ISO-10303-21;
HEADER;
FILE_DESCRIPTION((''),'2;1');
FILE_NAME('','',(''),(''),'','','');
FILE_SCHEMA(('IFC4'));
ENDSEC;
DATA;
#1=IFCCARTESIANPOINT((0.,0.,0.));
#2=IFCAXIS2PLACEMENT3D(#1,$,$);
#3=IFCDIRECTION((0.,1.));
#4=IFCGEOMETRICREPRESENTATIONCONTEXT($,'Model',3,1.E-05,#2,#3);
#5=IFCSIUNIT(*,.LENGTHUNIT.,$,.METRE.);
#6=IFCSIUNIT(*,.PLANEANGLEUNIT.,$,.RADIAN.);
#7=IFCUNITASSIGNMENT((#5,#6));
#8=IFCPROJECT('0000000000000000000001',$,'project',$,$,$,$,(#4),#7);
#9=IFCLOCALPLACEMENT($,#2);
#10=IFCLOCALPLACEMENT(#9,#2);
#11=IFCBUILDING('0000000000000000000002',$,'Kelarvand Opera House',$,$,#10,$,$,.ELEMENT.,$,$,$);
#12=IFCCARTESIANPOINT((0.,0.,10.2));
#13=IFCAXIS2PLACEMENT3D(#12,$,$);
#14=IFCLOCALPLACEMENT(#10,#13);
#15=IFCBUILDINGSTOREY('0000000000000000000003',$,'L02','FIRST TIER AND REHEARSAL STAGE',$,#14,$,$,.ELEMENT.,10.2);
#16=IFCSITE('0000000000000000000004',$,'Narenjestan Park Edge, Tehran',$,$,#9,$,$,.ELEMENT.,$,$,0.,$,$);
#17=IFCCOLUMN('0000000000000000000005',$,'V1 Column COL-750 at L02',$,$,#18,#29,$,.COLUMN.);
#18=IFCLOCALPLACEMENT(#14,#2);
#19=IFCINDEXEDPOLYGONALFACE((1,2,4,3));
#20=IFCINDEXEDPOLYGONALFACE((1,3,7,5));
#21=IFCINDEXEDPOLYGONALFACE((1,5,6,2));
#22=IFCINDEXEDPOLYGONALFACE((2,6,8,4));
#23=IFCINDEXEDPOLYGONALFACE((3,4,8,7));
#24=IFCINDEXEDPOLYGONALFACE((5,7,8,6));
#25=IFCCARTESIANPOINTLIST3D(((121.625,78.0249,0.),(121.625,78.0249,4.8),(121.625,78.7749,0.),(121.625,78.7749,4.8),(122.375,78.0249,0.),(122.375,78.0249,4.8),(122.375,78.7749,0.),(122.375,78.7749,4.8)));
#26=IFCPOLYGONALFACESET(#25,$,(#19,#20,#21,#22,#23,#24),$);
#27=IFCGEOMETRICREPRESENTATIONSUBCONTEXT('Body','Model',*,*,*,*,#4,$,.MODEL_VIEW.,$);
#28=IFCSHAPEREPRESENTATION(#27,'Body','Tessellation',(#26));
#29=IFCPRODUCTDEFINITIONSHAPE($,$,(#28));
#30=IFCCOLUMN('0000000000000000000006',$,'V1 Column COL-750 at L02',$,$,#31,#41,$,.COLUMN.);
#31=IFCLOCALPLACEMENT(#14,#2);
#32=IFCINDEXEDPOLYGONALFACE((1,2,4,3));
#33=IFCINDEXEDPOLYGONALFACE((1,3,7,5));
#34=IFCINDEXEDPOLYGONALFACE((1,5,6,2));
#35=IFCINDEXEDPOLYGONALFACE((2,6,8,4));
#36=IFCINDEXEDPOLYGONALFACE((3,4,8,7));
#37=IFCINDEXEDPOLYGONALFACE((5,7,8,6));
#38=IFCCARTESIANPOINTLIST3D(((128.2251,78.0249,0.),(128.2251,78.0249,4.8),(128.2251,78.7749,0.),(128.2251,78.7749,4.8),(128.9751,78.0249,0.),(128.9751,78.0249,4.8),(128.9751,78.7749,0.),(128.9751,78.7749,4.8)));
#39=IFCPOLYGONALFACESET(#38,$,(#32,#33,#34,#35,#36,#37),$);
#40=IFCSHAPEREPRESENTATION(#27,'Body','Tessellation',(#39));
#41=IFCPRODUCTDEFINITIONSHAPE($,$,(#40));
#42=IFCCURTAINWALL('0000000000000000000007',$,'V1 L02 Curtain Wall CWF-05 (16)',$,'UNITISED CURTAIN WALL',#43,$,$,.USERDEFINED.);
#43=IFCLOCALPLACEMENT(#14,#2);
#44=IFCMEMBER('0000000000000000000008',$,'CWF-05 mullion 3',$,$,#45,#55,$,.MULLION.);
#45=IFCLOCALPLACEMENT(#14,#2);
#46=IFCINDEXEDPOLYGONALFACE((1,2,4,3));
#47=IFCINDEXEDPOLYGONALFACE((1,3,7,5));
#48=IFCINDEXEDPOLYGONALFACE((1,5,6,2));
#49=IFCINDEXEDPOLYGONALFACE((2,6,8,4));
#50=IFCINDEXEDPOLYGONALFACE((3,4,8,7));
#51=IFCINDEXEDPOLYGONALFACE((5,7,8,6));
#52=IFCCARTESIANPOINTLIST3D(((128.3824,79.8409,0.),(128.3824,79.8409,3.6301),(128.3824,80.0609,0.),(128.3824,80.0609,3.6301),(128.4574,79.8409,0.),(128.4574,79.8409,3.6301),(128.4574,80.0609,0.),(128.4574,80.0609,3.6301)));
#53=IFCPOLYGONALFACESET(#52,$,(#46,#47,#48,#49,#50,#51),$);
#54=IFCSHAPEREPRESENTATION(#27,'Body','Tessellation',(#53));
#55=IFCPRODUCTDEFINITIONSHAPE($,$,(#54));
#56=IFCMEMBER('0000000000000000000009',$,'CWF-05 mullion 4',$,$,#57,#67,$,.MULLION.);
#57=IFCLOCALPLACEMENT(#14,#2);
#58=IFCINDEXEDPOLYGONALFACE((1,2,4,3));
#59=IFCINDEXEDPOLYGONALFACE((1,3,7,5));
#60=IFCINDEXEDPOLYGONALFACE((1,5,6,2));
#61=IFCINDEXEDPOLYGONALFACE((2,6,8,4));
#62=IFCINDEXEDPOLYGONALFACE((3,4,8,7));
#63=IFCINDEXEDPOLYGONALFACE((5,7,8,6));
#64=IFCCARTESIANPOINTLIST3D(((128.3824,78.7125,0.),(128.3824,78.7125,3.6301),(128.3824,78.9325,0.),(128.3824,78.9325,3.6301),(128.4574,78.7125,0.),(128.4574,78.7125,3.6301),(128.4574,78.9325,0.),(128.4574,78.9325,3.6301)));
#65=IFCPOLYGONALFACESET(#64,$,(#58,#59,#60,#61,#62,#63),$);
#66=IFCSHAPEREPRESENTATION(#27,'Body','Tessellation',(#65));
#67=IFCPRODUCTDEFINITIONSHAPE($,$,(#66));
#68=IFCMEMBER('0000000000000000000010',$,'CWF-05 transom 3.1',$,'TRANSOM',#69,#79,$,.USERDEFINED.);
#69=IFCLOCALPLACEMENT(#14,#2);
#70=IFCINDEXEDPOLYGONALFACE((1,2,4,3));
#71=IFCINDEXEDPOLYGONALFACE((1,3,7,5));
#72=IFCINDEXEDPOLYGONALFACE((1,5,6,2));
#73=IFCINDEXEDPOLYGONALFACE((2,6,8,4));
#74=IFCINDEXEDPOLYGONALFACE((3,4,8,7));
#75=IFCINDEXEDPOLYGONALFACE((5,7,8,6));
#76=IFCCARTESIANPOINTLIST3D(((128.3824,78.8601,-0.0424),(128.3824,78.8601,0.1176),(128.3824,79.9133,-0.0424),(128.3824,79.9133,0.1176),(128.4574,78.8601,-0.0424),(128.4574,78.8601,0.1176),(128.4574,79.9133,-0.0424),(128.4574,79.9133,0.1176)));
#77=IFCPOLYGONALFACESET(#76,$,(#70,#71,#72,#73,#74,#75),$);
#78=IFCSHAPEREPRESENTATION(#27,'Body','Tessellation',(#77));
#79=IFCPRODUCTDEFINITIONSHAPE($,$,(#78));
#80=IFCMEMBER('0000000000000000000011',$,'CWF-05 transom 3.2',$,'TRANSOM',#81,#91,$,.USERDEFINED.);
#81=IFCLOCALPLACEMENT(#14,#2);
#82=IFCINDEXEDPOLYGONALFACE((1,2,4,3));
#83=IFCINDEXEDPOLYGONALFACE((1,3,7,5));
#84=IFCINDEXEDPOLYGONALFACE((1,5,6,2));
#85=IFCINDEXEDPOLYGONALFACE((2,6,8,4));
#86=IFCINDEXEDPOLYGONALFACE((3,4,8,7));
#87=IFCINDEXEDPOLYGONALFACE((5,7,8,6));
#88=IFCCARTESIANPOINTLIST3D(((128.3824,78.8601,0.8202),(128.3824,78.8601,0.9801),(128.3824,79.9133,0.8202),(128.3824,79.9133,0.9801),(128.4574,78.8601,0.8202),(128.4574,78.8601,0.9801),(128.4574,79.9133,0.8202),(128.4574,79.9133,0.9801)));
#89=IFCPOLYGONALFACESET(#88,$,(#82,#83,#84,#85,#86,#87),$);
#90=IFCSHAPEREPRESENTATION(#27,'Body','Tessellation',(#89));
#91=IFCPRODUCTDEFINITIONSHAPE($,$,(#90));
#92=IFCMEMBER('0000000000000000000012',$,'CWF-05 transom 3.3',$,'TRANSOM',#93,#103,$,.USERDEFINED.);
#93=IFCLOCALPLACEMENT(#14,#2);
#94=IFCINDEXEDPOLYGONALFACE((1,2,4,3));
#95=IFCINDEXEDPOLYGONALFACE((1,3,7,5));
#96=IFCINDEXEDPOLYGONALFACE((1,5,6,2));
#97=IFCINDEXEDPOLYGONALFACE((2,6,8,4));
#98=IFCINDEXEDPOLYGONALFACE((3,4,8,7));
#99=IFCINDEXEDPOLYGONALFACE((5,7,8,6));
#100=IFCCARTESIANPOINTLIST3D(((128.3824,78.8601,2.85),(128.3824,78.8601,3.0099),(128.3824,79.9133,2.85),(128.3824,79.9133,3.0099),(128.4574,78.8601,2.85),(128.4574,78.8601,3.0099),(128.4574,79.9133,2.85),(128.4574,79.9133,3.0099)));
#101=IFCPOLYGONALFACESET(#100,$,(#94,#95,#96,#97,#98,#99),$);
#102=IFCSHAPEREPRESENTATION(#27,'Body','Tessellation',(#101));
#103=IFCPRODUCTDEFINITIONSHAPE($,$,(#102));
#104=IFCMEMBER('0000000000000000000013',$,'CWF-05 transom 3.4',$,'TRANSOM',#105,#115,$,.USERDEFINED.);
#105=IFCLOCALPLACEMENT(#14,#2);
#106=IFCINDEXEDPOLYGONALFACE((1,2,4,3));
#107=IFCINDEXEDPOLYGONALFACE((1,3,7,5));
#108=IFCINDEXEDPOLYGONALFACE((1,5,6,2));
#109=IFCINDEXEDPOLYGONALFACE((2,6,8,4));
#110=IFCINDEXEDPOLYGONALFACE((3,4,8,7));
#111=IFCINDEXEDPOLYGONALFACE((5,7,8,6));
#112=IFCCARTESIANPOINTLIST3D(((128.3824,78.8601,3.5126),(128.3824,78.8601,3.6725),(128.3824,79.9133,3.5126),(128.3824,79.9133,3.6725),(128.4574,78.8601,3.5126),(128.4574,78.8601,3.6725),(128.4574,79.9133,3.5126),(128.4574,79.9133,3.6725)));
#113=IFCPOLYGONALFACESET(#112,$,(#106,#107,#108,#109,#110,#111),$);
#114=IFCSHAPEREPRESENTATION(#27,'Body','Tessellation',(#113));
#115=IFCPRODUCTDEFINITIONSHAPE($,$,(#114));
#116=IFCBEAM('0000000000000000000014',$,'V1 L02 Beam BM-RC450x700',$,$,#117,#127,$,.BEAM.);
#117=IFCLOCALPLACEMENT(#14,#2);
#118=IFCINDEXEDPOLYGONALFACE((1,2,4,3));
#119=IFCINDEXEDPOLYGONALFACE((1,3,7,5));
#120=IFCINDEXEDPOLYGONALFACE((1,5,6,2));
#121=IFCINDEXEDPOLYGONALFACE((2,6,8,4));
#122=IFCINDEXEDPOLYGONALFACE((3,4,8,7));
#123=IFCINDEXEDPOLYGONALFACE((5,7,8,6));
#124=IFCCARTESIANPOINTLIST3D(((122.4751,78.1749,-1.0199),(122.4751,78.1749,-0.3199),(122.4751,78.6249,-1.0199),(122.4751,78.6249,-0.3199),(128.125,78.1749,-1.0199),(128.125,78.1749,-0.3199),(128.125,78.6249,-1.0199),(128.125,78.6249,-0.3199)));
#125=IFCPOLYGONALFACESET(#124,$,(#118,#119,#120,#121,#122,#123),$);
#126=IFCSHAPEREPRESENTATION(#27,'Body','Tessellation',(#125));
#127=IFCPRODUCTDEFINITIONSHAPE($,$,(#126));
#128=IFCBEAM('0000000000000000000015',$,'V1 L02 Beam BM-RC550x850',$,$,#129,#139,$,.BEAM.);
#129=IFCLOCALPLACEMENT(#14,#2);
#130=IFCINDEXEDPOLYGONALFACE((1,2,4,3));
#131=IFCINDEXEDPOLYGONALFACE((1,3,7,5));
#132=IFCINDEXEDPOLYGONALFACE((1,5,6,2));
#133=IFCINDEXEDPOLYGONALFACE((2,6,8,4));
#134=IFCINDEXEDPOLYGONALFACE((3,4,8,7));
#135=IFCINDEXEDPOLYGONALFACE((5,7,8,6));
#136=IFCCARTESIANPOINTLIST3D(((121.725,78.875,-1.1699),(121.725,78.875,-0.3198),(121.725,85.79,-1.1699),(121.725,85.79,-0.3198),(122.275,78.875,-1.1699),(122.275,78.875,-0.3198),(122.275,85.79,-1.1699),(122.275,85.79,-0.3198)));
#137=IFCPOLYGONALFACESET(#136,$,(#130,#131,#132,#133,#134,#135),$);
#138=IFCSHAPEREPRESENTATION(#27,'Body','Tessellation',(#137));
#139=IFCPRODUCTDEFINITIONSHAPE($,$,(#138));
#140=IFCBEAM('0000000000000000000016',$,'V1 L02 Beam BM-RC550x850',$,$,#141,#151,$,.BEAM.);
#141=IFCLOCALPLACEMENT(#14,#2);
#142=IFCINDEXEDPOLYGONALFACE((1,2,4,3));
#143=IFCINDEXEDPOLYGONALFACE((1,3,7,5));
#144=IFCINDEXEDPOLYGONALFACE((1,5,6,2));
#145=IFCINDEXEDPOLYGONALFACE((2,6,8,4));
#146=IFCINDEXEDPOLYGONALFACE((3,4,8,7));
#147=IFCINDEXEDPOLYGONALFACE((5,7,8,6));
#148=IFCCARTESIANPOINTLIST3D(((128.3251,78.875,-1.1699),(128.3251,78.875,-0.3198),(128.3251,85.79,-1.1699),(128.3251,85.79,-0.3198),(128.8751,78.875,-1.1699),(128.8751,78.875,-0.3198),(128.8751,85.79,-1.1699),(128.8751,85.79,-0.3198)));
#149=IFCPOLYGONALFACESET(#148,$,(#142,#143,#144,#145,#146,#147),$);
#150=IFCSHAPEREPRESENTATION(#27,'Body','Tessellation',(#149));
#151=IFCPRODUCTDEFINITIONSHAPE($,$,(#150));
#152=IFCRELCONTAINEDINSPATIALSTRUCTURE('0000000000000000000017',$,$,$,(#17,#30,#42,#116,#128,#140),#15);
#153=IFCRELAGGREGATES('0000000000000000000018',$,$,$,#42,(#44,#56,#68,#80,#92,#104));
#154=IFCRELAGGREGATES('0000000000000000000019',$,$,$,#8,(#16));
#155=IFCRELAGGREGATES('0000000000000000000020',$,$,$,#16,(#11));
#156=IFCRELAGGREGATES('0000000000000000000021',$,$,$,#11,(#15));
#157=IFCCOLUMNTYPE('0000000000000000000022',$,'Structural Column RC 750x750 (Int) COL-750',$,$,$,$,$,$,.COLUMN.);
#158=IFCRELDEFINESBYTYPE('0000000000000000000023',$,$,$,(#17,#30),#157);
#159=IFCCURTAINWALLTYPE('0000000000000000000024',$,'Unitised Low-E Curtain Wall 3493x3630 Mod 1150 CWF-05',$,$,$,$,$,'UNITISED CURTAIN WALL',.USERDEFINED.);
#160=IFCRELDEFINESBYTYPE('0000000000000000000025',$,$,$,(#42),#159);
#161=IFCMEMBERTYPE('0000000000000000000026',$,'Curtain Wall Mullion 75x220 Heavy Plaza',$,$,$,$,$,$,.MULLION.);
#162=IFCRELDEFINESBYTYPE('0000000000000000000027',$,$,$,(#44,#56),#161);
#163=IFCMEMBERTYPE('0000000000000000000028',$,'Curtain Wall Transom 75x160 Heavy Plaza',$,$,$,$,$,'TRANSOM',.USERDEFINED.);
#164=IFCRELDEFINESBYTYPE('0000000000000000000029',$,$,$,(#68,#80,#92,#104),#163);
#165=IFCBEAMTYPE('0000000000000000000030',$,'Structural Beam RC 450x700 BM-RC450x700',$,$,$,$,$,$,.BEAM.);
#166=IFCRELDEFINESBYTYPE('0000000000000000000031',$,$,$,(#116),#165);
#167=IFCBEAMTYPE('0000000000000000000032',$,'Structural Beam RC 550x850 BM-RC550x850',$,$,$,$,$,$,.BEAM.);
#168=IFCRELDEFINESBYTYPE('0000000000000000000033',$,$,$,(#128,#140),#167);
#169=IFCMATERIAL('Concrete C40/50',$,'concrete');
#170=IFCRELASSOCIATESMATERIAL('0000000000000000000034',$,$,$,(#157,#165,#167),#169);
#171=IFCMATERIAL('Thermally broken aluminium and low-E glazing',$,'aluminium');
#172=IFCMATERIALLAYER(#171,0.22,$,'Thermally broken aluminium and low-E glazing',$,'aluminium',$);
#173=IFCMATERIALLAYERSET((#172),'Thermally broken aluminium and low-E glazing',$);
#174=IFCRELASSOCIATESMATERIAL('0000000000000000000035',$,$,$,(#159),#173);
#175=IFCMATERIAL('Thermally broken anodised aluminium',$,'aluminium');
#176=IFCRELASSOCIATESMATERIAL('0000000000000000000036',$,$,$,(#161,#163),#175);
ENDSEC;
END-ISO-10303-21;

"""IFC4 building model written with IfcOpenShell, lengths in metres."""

from ifc_helpers import new_model, si_unit, direction, frame, origin, origin_2d, place, context, subcontext, project, spatial, rectangle, extrude, material, layer, layer_set, material_profile, profile_set, type_object, element, aggregate, save


model = new_model("IFC4")

# Units and contexts
model_context = context("Model", 3, precision=1e-05, world=origin(), true_north=direction((0.0, 1.0)))
body_context = subcontext(model_context, "Body", "Model", "MODEL_VIEW")
ifc_project = project(units=[si_unit("LENGTHUNIT", "METRE"), si_unit("PLANEANGLEUNIT", "RADIAN")], contexts=[model_context])

# Site, building, storey
site_placement = place(None, origin())
site = spatial("IfcSite", under=ifc_project, at=site_placement, Name="Narenjestan Park Edge, Tehran", CompositionType="ELEMENT", RefElevation=0.0)
building_placement = place(site_placement, origin())
building = spatial("IfcBuilding", under=site, at=building_placement, Name="Kelarvand Opera House", CompositionType="ELEMENT")
storey_placement = place(building_placement, frame((0.0, 0.0, 10.2)))
storey = spatial("IfcBuildingStorey", under=building, at=storey_placement, Name="L02", Description="FIRST TIER AND REHEARSAL STAGE", CompositionType="ELEMENT", Elevation=10.2)

# Columns
ifc_material_1 = material(Name="Concrete C40/50", Category="concrete")
ifc_material_profile_1 = material_profile(ifc_material_1, rectangle(XDim=0.75, YDim=0.75, at=origin_2d()), Name="RC 750x750", Category="concrete")
ifc_profile_set_1 = profile_set([ifc_material_profile_1], Name="Concrete C40/50")
column_type = type_object("IfcColumnType", Name="Structural Column RC 750x750 (Int) COL-750", PredefinedType="COLUMN", material=ifc_profile_set_1)
for number, where, z_axis, x_axis, name in (
    (1, (122.0, 78.3999, 0.0), (0.0, 0.0, 1.0), (1.0, 0.0, 0.0), "V1 Column COL-750 at L02"),
    (2, (128.6001, 78.3999, 0.0), (0.0, 0.0, 1.0), (1.0, 0.0, 0.0), "V1 Column COL-750 at L02"),
):
    element("IfcColumn", number, at=place(storey_placement, frame(where, z_axis=z_axis, x_axis=x_axis)), inside=storey, type_object=column_type, Name=name, PredefinedType="COLUMN", context=body_context, shape_type="SweptSolid", body=[
        extrude(rectangle(XDim=0.75, YDim=0.75, at=origin_2d()), origin(), (0.0, 0.0, 1.0), 4.8),
    ])

# Curtain wall, members
ifc_material_2 = material(Name="Thermally broken aluminium and low-E glazing", Category="aluminium")
ifc_layer_1 = layer(ifc_material_2, 0.22, Name="Thermally broken aluminium and low-E glazing", Category="aluminium")
ifc_layer_set_1 = layer_set([ifc_layer_1], Name="Thermally broken aluminium and low-E glazing")
curtain_wall_type = type_object("IfcCurtainWallType", Name="Unitised Low-E Curtain Wall 3493x3630 Mod 1150 CWF-05", ElementType="UNITISED CURTAIN WALL", PredefinedType="USERDEFINED", material=ifc_layer_set_1)
curtain_wall_placement = place(storey_placement, origin())
curtain_wall = element("IfcCurtainWall", 3, at=curtain_wall_placement, inside=storey, type_object=curtain_wall_type, Name="V1 L02 Curtain Wall CWF-05 (16)", ObjectType="UNITISED CURTAIN WALL", PredefinedType="USERDEFINED")
ifc_material_3 = material(Name="Thermally broken anodised aluminium", Category="aluminium")
ifc_material_profile_2 = material_profile(ifc_material_3, rectangle(XDim=0.075, YDim=0.22, at=origin_2d()), Name="ALU MULLION 75x220", Category="aluminium")
ifc_profile_set_2 = profile_set([ifc_material_profile_2], Name="Thermally broken anodised aluminium")
member_type_1 = type_object("IfcMemberType", Name="Curtain Wall Mullion 75x220 Heavy Plaza", PredefinedType="MULLION", material=ifc_profile_set_2)
member_1_placement = place(storey_placement, frame((128.4199, 79.9509, 0.0), z_axis=(0.0, 0.0, 1.0), x_axis=(1.0, 0.0, 0.0)))
member_1 = element("IfcMember", 4, at=member_1_placement, type_object=member_type_1, Name="CWF-05 mullion 3", PredefinedType="MULLION", context=body_context, shape_type="SweptSolid", body=[
    extrude(rectangle(XDim=0.075, YDim=0.22, at=origin_2d()), origin(), (0.0, 0.0, 1.0), 3.6301),
])
member_2_placement = place(storey_placement, frame((128.4199, 78.8225, 0.0), z_axis=(0.0, 0.0, 1.0), x_axis=(1.0, 0.0, 0.0)))
member_2 = element("IfcMember", 5, at=member_2_placement, type_object=member_type_1, Name="CWF-05 mullion 4", PredefinedType="MULLION", context=body_context, shape_type="SweptSolid", body=[
    extrude(rectangle(XDim=0.075, YDim=0.22, at=origin_2d()), origin(), (0.0, 0.0, 1.0), 3.6301),
])
ifc_material_profile_3 = material_profile(ifc_material_3, rectangle(XDim=0.075, YDim=0.1599, at=origin_2d()), Name="ALU TRANSOM 75x160", Category="aluminium")
ifc_profile_set_3 = profile_set([ifc_material_profile_3], Name="Thermally broken anodised aluminium")
member_type_2 = type_object("IfcMemberType", Name="Curtain Wall Transom 75x160 Heavy Plaza", ElementType="TRANSOM", PredefinedType="USERDEFINED", material=ifc_profile_set_3)
member_3_placement = place(storey_placement, frame((128.4199, 79.9133, 0.0376), z_axis=(0.0, -1.0, 0.0), x_axis=(1.0, 0.0, 0.0)))
member_3 = element("IfcMember", 6, at=member_3_placement, type_object=member_type_2, Name="CWF-05 transom 3.1", ObjectType="TRANSOM", PredefinedType="USERDEFINED", context=body_context, shape_type="SweptSolid", body=[
    extrude(rectangle(XDim=0.075, YDim=0.1599, at=origin_2d()), origin(), (0.0, 0.0, 1.0), 1.0532),
])
member_4_placement = place(storey_placement, frame((128.4199, 79.9133, 0.9001), z_axis=(0.0, -1.0, 0.0), x_axis=(1.0, 0.0, 0.0)))
member_4 = element("IfcMember", 7, at=member_4_placement, type_object=member_type_2, Name="CWF-05 transom 3.2", ObjectType="TRANSOM", PredefinedType="USERDEFINED", context=body_context, shape_type="SweptSolid", body=[
    extrude(rectangle(XDim=0.075, YDim=0.1599, at=origin_2d()), origin(), (0.0, 0.0, 1.0), 1.0532),
])
member_5_placement = place(storey_placement, frame((128.4199, 79.9133, 2.9299), z_axis=(0.0, -1.0, 0.0), x_axis=(1.0, 0.0, 0.0)))
member_5 = element("IfcMember", 8, at=member_5_placement, type_object=member_type_2, Name="CWF-05 transom 3.3", ObjectType="TRANSOM", PredefinedType="USERDEFINED", context=body_context, shape_type="SweptSolid", body=[
    extrude(rectangle(XDim=0.075, YDim=0.1599, at=origin_2d()), origin(), (0.0, 0.0, 1.0), 1.0532),
])
member_6_placement = place(storey_placement, frame((128.4199, 79.9133, 3.5925), z_axis=(0.0, -1.0, 0.0), x_axis=(1.0, 0.0, 0.0)))
member_6 = element("IfcMember", 9, at=member_6_placement, type_object=member_type_2, Name="CWF-05 transom 3.4", ObjectType="TRANSOM", PredefinedType="USERDEFINED", context=body_context, shape_type="SweptSolid", body=[
    extrude(rectangle(XDim=0.075, YDim=0.1599, at=origin_2d()), origin(), (0.0, 0.0, 1.0), 1.0532),
])

# Beams
ifc_material_profile_4 = material_profile(ifc_material_1, rectangle(XDim=0.45, YDim=0.7, at=origin_2d()), Name="RC 450x700", Category="concrete")
ifc_profile_set_4 = profile_set([ifc_material_profile_4], Name="Concrete C40/50")
beam_type_1 = type_object("IfcBeamType", Name="Structural Beam RC 450x700 BM-RC450x700", PredefinedType="BEAM", material=ifc_profile_set_4)
beam_placement = place(storey_placement, frame((122.4751, 78.3999, -0.6699), z_axis=(1.0, 0.0, 0.0), x_axis=(0.0, 1.0, 0.0)))
element("IfcBeam", 10, at=beam_placement, inside=storey, type_object=beam_type_1, Name="V1 L02 Beam BM-RC450x700", PredefinedType="BEAM", context=body_context, shape_type="SweptSolid", body=[
    extrude(rectangle(XDim=0.45, YDim=0.7, at=origin_2d()), origin(), (0.0, 0.0, 1.0), 5.6499),
])
ifc_material_profile_5 = material_profile(ifc_material_1, rectangle(XDim=0.55, YDim=0.8501, at=origin_2d()), Name="RC 550x850", Category="concrete")
ifc_profile_set_5 = profile_set([ifc_material_profile_5], Name="Concrete C40/50")
beam_type_2 = type_object("IfcBeamType", Name="Structural Beam RC 550x850 BM-RC550x850", PredefinedType="BEAM", material=ifc_profile_set_5)
for number, where, z_axis, x_axis, name in (
    (11, (122.0, 78.875, -0.7449), (0.0, 1.0, 0.0), (-1.0, 0.0, 0.0), "V1 L02 Beam BM-RC550x850"),
    (12, (128.6001, 78.875, -0.7449), (0.0, 1.0, 0.0), (-1.0, 0.0, 0.0), "V1 L02 Beam BM-RC550x850"),
):
    element("IfcBeam", number, at=place(storey_placement, frame(where, z_axis=z_axis, x_axis=x_axis)), inside=storey, type_object=beam_type_2, Name=name, PredefinedType="BEAM", context=body_context, shape_type="SweptSolid", body=[
        extrude(rectangle(XDim=0.55, YDim=0.8501, at=origin_2d()), origin(), (0.0, 0.0, 1.0), 6.915),
    ])

aggregate(curtain_wall, [member_1, member_2, member_3, member_4, member_5, member_6])

save(model, "model.ifc")
